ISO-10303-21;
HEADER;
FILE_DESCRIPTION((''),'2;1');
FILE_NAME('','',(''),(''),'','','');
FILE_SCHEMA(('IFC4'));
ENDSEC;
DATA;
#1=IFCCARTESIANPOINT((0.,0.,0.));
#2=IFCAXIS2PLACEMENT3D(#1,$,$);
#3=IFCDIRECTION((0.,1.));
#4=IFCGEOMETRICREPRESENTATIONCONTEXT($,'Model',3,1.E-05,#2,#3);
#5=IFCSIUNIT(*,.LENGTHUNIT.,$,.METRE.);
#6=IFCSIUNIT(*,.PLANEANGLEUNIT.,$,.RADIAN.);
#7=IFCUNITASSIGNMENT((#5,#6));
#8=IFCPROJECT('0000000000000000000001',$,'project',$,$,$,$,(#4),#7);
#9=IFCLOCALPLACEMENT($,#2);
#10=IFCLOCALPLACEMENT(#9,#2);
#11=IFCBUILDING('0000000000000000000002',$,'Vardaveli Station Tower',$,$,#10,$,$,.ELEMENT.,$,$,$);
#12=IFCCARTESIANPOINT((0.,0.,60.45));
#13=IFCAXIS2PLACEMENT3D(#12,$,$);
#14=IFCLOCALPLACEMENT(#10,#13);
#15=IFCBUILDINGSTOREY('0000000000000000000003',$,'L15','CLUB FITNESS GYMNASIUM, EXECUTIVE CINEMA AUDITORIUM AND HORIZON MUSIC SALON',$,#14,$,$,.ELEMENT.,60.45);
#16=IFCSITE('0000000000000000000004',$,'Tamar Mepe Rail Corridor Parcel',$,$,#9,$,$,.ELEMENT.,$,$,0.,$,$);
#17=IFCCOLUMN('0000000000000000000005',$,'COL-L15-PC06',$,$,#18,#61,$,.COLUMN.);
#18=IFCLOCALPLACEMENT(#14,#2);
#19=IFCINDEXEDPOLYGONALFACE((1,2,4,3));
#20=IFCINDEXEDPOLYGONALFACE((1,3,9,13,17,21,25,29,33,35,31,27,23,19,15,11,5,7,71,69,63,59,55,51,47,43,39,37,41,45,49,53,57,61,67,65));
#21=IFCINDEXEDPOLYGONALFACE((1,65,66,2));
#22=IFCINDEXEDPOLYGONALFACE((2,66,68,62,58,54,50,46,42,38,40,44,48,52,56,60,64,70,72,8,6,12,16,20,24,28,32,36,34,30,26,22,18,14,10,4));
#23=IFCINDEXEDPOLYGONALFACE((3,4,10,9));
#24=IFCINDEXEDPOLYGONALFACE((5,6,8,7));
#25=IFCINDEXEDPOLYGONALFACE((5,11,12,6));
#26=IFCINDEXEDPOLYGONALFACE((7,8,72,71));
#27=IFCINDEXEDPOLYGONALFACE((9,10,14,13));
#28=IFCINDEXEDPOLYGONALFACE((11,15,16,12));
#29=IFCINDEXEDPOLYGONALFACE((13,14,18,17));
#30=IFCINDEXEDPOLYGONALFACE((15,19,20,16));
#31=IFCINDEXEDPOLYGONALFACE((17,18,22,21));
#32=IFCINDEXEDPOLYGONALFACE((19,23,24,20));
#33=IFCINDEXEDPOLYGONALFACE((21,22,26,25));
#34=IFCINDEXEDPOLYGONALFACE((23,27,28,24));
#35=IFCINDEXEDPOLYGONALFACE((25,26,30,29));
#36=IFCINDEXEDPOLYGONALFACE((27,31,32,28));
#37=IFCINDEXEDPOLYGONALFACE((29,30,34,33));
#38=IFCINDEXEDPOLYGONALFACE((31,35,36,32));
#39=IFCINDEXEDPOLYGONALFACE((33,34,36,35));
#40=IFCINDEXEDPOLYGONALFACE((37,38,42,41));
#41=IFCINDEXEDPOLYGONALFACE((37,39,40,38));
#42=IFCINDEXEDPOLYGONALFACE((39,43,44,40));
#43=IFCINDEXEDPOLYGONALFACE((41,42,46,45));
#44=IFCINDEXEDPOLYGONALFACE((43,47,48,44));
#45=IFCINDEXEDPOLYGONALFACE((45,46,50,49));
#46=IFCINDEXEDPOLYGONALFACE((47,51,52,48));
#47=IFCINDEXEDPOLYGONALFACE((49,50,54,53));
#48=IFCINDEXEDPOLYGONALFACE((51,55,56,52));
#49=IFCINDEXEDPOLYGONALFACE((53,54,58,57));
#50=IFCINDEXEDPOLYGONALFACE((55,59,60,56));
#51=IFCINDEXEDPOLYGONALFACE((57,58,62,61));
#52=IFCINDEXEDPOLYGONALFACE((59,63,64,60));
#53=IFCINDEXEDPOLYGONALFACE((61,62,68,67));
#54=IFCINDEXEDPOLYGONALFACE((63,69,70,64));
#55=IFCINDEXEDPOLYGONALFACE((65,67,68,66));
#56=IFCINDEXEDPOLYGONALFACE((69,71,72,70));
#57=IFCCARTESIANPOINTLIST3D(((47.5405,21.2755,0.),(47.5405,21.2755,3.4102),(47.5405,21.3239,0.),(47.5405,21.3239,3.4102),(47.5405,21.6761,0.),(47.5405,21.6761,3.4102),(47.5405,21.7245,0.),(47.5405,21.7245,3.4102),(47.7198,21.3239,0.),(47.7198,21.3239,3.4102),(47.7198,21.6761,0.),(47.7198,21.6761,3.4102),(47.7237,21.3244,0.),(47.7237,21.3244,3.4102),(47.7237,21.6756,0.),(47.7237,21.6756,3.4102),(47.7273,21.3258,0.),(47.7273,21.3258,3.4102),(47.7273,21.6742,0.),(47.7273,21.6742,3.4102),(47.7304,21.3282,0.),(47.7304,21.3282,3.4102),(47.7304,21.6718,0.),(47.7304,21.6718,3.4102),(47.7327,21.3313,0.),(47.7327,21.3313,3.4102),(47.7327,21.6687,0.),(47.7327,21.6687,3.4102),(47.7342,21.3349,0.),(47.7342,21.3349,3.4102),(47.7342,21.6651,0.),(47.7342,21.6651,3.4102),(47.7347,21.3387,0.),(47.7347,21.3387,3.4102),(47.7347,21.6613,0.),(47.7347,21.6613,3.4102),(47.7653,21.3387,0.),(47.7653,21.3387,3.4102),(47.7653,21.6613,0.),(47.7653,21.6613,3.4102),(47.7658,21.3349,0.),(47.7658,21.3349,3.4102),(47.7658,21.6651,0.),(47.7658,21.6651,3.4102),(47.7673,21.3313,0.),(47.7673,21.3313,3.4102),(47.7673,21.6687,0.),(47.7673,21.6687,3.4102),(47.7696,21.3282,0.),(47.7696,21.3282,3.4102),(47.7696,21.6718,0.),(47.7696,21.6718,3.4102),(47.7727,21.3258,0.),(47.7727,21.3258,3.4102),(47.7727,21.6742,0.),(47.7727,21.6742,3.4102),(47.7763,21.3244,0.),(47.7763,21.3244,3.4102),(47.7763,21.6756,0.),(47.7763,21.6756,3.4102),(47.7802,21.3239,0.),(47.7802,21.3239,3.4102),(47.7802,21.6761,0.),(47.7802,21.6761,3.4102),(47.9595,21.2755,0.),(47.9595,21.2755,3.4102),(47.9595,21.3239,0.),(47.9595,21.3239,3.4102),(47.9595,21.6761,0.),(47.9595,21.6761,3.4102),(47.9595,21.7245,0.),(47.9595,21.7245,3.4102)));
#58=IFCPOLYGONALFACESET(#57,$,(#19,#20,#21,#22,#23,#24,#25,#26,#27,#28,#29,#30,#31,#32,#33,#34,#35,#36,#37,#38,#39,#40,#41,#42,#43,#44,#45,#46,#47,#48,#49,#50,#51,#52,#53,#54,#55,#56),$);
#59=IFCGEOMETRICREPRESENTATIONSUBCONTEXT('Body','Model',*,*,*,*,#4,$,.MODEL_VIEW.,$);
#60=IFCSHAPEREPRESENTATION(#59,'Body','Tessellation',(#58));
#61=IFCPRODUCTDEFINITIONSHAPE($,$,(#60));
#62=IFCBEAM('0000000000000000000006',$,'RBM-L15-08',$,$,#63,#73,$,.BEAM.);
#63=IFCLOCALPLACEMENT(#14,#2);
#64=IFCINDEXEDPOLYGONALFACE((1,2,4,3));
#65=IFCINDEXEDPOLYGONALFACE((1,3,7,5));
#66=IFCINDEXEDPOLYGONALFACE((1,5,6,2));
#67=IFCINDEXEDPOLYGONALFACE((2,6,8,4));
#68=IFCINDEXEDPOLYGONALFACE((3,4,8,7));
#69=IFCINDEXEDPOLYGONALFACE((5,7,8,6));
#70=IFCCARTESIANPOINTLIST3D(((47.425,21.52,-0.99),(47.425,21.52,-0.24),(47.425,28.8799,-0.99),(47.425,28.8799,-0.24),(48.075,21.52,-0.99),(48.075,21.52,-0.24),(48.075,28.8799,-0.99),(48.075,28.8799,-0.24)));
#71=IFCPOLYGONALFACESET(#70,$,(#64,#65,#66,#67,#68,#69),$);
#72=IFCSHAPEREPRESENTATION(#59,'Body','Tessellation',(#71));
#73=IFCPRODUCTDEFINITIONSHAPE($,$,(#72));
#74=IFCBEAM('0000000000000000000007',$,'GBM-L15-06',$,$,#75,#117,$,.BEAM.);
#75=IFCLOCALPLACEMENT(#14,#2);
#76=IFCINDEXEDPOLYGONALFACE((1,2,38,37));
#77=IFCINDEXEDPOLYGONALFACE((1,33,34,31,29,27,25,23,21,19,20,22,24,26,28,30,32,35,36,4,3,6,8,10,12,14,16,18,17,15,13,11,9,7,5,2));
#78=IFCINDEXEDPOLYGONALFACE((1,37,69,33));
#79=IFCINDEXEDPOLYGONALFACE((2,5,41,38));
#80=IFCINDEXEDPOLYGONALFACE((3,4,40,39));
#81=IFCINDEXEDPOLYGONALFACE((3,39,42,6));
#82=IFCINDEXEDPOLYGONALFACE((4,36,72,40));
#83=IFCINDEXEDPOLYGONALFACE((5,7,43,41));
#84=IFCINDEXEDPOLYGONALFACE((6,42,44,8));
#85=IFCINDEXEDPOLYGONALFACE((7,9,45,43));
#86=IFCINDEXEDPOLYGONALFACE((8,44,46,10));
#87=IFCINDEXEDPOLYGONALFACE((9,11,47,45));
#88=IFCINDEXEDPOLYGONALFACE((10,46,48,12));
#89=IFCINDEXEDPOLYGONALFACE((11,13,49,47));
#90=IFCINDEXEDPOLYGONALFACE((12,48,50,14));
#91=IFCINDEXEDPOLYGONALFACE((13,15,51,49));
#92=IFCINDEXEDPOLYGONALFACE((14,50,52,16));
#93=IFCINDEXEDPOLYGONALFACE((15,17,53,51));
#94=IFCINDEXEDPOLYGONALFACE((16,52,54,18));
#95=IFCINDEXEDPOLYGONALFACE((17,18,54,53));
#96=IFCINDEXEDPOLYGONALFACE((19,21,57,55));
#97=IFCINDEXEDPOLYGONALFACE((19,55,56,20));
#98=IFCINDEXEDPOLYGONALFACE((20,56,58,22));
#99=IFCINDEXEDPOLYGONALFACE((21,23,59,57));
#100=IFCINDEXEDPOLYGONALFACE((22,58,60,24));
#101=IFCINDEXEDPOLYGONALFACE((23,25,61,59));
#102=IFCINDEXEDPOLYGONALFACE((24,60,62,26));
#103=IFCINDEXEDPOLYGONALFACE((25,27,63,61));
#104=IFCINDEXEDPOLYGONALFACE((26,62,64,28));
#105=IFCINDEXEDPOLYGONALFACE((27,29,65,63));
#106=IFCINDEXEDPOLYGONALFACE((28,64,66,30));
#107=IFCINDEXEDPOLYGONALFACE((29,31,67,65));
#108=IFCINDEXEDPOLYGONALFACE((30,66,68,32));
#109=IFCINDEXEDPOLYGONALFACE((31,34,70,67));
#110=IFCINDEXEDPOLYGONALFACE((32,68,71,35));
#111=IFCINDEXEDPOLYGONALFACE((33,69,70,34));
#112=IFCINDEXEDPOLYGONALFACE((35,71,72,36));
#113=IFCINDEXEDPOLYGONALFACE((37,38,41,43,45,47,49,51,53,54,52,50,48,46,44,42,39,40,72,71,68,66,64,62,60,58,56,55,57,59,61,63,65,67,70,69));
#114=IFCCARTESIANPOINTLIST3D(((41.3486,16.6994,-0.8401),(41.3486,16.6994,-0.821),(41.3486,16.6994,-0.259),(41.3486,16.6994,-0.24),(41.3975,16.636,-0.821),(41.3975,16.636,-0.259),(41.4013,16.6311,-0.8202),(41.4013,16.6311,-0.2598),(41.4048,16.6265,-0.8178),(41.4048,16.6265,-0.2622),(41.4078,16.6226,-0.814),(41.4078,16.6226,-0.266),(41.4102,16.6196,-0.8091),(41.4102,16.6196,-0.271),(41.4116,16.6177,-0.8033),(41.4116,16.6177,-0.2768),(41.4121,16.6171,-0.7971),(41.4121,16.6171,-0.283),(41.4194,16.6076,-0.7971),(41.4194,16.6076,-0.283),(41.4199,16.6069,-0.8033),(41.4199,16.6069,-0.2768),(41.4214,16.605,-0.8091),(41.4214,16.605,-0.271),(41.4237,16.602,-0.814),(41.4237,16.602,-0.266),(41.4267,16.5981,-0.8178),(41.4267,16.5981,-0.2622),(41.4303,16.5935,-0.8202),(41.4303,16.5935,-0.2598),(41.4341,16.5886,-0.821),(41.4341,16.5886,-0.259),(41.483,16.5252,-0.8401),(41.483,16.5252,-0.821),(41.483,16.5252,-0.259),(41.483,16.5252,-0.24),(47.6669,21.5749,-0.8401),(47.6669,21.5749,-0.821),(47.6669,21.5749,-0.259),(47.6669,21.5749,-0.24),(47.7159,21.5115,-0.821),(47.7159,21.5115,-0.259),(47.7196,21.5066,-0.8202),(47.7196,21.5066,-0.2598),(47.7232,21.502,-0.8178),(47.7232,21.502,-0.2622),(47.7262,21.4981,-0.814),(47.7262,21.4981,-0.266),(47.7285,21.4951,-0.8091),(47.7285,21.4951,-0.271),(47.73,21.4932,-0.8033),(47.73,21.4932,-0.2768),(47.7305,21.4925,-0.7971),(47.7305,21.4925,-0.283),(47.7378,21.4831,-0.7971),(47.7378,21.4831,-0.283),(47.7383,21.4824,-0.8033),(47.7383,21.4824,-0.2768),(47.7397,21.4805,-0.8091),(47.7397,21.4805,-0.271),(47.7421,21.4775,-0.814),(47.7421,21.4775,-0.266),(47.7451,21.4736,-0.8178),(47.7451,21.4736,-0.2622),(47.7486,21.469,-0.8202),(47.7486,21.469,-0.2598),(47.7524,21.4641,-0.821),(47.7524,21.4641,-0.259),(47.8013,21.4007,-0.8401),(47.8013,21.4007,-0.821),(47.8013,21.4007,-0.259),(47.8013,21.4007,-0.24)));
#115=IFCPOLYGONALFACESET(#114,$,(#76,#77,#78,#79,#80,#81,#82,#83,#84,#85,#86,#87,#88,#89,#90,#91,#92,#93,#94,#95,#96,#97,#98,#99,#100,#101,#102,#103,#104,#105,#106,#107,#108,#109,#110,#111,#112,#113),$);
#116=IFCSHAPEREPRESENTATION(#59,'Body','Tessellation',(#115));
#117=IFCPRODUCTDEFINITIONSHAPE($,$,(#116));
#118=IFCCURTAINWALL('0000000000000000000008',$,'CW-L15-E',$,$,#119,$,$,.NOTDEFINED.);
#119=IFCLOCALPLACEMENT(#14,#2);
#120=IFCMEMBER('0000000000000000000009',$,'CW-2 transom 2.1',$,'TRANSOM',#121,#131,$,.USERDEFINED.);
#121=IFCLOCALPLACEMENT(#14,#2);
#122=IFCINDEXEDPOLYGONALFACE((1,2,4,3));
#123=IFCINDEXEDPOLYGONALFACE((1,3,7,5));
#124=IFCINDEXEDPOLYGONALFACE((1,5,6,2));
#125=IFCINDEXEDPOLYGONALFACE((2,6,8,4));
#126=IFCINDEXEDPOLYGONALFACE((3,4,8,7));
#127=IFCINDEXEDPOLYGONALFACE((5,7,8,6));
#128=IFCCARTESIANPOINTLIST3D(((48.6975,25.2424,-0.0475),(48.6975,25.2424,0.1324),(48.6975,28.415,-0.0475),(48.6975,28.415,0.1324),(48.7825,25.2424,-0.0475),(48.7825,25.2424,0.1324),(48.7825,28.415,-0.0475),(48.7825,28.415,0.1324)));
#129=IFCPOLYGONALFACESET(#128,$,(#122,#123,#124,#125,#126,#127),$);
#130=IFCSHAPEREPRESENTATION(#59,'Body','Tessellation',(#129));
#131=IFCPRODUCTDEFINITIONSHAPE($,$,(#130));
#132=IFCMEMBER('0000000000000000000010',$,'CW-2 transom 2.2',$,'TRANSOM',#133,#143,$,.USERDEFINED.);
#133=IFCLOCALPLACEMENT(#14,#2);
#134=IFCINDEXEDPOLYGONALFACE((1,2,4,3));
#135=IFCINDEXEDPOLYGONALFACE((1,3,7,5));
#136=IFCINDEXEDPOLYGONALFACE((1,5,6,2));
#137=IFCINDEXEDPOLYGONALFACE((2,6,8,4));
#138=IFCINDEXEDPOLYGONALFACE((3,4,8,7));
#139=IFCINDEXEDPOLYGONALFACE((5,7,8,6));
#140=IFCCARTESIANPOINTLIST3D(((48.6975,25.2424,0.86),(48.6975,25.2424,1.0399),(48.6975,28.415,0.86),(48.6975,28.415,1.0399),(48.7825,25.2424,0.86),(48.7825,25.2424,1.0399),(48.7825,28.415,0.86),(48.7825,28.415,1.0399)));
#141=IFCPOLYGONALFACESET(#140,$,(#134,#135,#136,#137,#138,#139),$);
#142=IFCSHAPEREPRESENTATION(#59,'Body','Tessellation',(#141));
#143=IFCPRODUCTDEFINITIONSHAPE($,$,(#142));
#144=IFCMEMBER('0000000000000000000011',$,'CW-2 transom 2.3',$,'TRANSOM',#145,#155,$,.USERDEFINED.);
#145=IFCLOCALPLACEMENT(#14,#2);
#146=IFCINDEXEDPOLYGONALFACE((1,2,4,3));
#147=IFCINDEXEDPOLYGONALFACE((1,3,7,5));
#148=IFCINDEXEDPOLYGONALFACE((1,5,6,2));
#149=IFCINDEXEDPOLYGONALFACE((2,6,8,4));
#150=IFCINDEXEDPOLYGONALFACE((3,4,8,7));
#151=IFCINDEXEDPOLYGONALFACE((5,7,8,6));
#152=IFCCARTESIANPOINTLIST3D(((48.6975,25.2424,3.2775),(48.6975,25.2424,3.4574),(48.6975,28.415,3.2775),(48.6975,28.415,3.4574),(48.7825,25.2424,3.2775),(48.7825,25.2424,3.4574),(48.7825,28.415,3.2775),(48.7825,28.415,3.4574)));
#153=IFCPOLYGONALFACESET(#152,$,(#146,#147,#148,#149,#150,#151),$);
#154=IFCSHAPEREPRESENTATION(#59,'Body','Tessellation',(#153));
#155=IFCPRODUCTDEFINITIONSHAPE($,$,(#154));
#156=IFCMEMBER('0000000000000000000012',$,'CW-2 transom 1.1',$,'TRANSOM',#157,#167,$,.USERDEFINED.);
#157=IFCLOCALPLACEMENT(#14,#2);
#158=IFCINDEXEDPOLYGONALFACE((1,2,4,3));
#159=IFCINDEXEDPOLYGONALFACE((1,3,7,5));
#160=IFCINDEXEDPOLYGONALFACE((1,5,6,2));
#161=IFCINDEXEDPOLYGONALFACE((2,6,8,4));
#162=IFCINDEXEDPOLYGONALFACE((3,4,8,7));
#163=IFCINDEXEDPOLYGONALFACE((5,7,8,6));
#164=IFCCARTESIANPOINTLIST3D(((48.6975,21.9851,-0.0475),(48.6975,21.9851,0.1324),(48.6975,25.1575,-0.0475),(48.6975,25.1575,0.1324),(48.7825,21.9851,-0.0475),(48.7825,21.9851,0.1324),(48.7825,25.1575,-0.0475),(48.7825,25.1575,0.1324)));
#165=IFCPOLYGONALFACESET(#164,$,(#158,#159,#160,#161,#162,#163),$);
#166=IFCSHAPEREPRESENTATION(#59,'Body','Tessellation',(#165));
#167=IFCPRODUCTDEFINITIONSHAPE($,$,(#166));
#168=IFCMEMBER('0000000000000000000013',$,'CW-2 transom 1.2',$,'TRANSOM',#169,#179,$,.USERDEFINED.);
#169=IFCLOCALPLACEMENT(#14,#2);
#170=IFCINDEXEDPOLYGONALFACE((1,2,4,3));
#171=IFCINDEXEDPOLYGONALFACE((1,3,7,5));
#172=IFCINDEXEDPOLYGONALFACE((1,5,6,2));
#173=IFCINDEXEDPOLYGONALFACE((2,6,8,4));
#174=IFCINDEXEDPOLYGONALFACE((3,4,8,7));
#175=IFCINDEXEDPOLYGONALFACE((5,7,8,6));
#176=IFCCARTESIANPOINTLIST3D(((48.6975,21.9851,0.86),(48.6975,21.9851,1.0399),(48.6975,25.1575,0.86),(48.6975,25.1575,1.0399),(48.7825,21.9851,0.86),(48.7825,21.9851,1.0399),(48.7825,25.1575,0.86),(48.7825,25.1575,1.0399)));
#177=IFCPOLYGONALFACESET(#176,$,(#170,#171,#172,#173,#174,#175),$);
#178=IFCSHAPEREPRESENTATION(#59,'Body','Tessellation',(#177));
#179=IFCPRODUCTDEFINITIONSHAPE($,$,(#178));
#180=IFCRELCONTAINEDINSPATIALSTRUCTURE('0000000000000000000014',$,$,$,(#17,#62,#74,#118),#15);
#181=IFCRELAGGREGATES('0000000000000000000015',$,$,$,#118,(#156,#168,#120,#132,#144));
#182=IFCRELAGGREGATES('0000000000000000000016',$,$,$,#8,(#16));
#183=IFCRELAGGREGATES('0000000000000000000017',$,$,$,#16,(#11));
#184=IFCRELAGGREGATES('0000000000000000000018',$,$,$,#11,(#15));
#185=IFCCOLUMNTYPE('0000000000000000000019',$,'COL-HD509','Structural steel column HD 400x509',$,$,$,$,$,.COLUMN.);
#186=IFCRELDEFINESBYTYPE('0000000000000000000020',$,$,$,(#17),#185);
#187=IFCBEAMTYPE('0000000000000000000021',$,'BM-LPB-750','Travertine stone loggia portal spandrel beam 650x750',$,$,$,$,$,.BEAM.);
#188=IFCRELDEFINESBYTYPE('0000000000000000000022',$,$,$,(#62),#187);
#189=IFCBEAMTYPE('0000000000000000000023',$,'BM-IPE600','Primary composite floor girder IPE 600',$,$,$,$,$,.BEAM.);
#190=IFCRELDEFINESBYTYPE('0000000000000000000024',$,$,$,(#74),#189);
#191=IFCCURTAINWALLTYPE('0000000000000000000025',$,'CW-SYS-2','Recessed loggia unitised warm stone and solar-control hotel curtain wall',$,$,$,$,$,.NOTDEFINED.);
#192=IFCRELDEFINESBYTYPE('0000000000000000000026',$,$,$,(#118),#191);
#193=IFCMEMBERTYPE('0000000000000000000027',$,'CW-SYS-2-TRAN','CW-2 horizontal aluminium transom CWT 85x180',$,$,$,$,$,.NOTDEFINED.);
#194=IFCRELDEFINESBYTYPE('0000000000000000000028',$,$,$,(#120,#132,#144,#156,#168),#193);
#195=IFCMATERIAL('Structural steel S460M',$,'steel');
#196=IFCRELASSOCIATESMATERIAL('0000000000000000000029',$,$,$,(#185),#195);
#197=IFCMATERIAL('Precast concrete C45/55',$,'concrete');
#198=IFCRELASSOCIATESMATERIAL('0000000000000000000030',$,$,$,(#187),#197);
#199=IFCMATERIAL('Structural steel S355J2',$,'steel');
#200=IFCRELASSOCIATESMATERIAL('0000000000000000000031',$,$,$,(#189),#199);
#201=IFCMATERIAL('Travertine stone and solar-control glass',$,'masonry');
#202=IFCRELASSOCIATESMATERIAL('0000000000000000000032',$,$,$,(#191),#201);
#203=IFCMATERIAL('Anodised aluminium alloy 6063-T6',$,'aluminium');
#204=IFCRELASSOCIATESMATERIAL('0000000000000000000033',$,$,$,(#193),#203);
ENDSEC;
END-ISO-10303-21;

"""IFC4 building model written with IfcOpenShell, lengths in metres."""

from ifc_helpers import new_model, si_unit, direction, frame, origin, origin_2d, place, context, subcontext, project, spatial, rectangle, i_section, extrude, source, transform, mapped, material, material_profile, profile_set, type_object, element, aggregate, save


model = new_model("IFC4")

# Units and contexts
model_context = context("Model", 3, precision=1e-05, world=origin(), true_north=direction((0.0, 1.0)))
body_context = subcontext(model_context, "Body", "Model", "MODEL_VIEW")
ifc_project = project(units=[si_unit("LENGTHUNIT", "METRE"), si_unit("PLANEANGLEUNIT", "RADIAN")], contexts=[model_context])

# Site, building, storey
site_placement = place(None, origin())
site = spatial("IfcSite", under=ifc_project, at=site_placement, Name="Tamar Mepe Rail Corridor Parcel", CompositionType="ELEMENT", RefElevation=0.0)
building_placement = place(site_placement, origin())
building = spatial("IfcBuilding", under=site, at=building_placement, Name="Vardaveli Station Tower", CompositionType="ELEMENT")
storey_placement = place(building_placement, frame((0.0, 0.0, 60.45)))
storey = spatial("IfcBuildingStorey", under=building, at=storey_placement, Name="L15", Description="CLUB FITNESS GYMNASIUM, EXECUTIVE CINEMA AUDITORIUM AND HORIZON MUSIC SALON", CompositionType="ELEMENT", Elevation=60.45)

# Column
ifc_material_1 = material(Name="Structural steel S460M", Category="steel")
ifc_material_profile_1 = material_profile(ifc_material_1, i_section(OverallWidth=0.4189, OverallDepth=0.449, WebThickness=0.0305, FlangeThickness=0.0483, FilletRadius=0.0149, at=origin_2d()), Name="HD 400x509")
ifc_profile_set_1 = profile_set([ifc_material_profile_1], Name="Structural steel S460M")
column_type = type_object("IfcColumnType", Name="COL-HD509", Description="Structural steel column HD 400x509", PredefinedType="COLUMN", material=ifc_profile_set_1)
shared_shape_1 = source(origin(), body_context, "Body", "SweptSolid", [
    extrude(i_section(OverallWidth=0.4189, OverallDepth=0.449, WebThickness=0.0305, FlangeThickness=0.0483, FilletRadius=0.0149, at=origin_2d()), origin(), (0.0, 0.0, 1.0), 3.4102),
])
column_placement = place(storey_placement, frame((47.75, 21.5, 0.0), z_axis=(0.0, 0.0, 1.0), x_axis=(1.0, 0.0, 0.0)))
element("IfcColumn", 1, at=column_placement, inside=storey, type_object=column_type, Name="COL-L15-PC06", PredefinedType="COLUMN", context=body_context, shape_type="MappedRepresentation", body=[
    mapped(shared_shape_1, transform((0.0, 0.0, 0.0), scale=1.0)),
])

# Beams
ifc_material_2 = material(Name="Precast concrete C45/55", Category="concrete")
ifc_material_profile_2 = material_profile(ifc_material_2, rectangle(XDim=0.6499, YDim=0.75, at=origin_2d()), Name="LPB 650x750")
ifc_profile_set_2 = profile_set([ifc_material_profile_2], Name="Precast concrete C45/55")
beam_type_1 = type_object("IfcBeamType", Name="BM-LPB-750", Description="Travertine stone loggia portal spandrel beam 650x750", PredefinedType="BEAM", material=ifc_profile_set_2)
shared_shape_2 = source(origin(), body_context, "Body", "SweptSolid", [
    extrude(rectangle(XDim=0.6499, YDim=0.75, at=origin_2d()), origin(), (0.0, 0.0, 1.0), 7.3599),
])
beam_1_placement = place(storey_placement, frame((47.75, 21.52, -0.615), z_axis=(0.0, 1.0, 0.0), x_axis=(-1.0, 0.0, 0.0)))
element("IfcBeam", 2, at=beam_1_placement, inside=storey, type_object=beam_type_1, Name="RBM-L15-08", PredefinedType="BEAM", context=body_context, shape_type="MappedRepresentation", body=[
    mapped(shared_shape_2, transform((0.0, 0.0, 0.0), scale=1.0)),
])
ifc_material_3 = material(Name="Structural steel S355J2", Category="steel")
ifc_material_profile_3 = material_profile(ifc_material_3, i_section(OverallWidth=0.22, OverallDepth=0.6001, WebThickness=0.012, FlangeThickness=0.019, FilletRadius=0.0239, at=origin_2d()), Name="IPE 600")
ifc_profile_set_3 = profile_set([ifc_material_profile_3], Name="Structural steel S355J2")
beam_type_2 = type_object("IfcBeamType", Name="BM-IPE600", Description="Primary composite floor girder IPE 600", PredefinedType="BEAM", material=ifc_profile_set_3)
shared_shape_3 = source(origin(), body_context, "Body", "SweptSolid", [
    extrude(i_section(OverallWidth=0.22, OverallDepth=0.6001, WebThickness=0.012, FlangeThickness=0.019, FilletRadius=0.0239, at=origin_2d()), origin(), (0.0, 0.0, 1.0), 7.9807),
])
beam_2_placement = place(storey_placement, frame((47.7341, 21.4878, -0.54), z_axis=(-0.791702, -0.610908, 0.0), x_axis=(0.610908, -0.791702, 0.0)))
element("IfcBeam", 3, at=beam_2_placement, inside=storey, type_object=beam_type_2, Name="GBM-L15-06", PredefinedType="BEAM", context=body_context, shape_type="MappedRepresentation", body=[
    mapped(shared_shape_3, transform((0.0, 0.0, 0.0), scale=1.0)),
])

# Curtain wall, members
ifc_material_4 = material(Name="Travertine stone and solar-control glass", Category="masonry")
curtain_wall_type = type_object("IfcCurtainWallType", Name="CW-SYS-2", Description="Recessed loggia unitised warm stone and solar-control hotel curtain wall", PredefinedType="NOTDEFINED", material=ifc_material_4)
curtain_wall_placement = place(storey_placement, origin())
curtain_wall = element("IfcCurtainWall", 4, at=curtain_wall_placement, inside=storey, type_object=curtain_wall_type, Name="CW-L15-E", PredefinedType="NOTDEFINED")
ifc_material_5 = material(Name="Anodised aluminium alloy 6063-T6", Category="aluminium")
ifc_material_profile_4 = material_profile(ifc_material_5, rectangle(XDim=0.085, YDim=0.1799, at=origin_2d()), Name="CWT 85x180")
ifc_profile_set_4 = profile_set([ifc_material_profile_4], Name="Anodised aluminium alloy 6063-T6")
member_type_1 = type_object("IfcMemberType", Name="CW-SYS-2-TRAN", Description="CW-2 horizontal aluminium transom CWT 85x180", PredefinedType="NOTDEFINED", material=ifc_profile_set_4)
shared_shape_4 = source(origin(), body_context, "Body", "SweptSolid", [
    extrude(rectangle(XDim=0.085, YDim=0.1799, at=origin_2d()), origin(), (0.0, 0.0, 1.0), 3.1726),
])
member_1_placement = place(storey_placement, frame((48.74, 25.2424, 0.0425), z_axis=(0.0, 1.0, 0.0), x_axis=(-1.0, 0.0, 0.0)))
member_1 = element("IfcMember", 5, at=member_1_placement, type_object=member_type_1, Name="CW-2 transom 2.1", ObjectType="TRANSOM", PredefinedType="USERDEFINED", context=body_context, shape_type="MappedRepresentation", body=[
    mapped(shared_shape_4, transform((0.0, 0.0, 0.0), scale=1.0)),
])
member_2_placement = place(storey_placement, frame((48.74, 25.2424, 0.95), z_axis=(0.0, 1.0, 0.0), x_axis=(-1.0, 0.0, 0.0)))
member_2 = element("IfcMember", 6, at=member_2_placement, type_object=member_type_1, Name="CW-2 transom 2.2", ObjectType="TRANSOM", PredefinedType="USERDEFINED", context=body_context, shape_type="MappedRepresentation", body=[
    mapped(shared_shape_4, transform((0.0, 0.0, 0.0), scale=1.0)),
])
member_3_placement = place(storey_placement, frame((48.74, 25.2424, 3.3674), z_axis=(0.0, 1.0, 0.0), x_axis=(-1.0, 0.0, 0.0)))
member_3 = element("IfcMember", 7, at=member_3_placement, type_object=member_type_1, Name="CW-2 transom 2.3", ObjectType="TRANSOM", PredefinedType="USERDEFINED", context=body_context, shape_type="MappedRepresentation", body=[
    mapped(shared_shape_4, transform((0.0, 0.0, 0.0), scale=1.0)),
])
shared_shape_5 = source(origin(), body_context, "Body", "SweptSolid", [
    extrude(rectangle(XDim=0.085, YDim=0.1799, at=origin_2d()), origin(), (0.0, 0.0, 1.0), 3.1724),
])
member_4_placement = place(storey_placement, frame((48.74, 21.9851, 0.0425), z_axis=(0.0, 1.0, 0.0), x_axis=(-1.0, 0.0, 0.0)))
member_4 = element("IfcMember", 8, at=member_4_placement, type_object=member_type_1, Name="CW-2 transom 1.1", ObjectType="TRANSOM", PredefinedType="USERDEFINED", context=body_context, shape_type="MappedRepresentation", body=[
    mapped(shared_shape_5, transform((0.0, 0.0, 0.0), scale=1.0)),
])
member_5_placement = place(storey_placement, frame((48.74, 21.9851, 0.95), z_axis=(0.0, 1.0, 0.0), x_axis=(-1.0, 0.0, 0.0)))
member_5 = element("IfcMember", 9, at=member_5_placement, type_object=member_type_1, Name="CW-2 transom 1.2", ObjectType="TRANSOM", PredefinedType="USERDEFINED", context=body_context, shape_type="MappedRepresentation", body=[
    mapped(shared_shape_5, transform((0.0, 0.0, 0.0), scale=1.0)),
])
aggregate(curtain_wall, [member_4, member_5, member_1, member_2, member_3])

save(model, "model.ifc")
